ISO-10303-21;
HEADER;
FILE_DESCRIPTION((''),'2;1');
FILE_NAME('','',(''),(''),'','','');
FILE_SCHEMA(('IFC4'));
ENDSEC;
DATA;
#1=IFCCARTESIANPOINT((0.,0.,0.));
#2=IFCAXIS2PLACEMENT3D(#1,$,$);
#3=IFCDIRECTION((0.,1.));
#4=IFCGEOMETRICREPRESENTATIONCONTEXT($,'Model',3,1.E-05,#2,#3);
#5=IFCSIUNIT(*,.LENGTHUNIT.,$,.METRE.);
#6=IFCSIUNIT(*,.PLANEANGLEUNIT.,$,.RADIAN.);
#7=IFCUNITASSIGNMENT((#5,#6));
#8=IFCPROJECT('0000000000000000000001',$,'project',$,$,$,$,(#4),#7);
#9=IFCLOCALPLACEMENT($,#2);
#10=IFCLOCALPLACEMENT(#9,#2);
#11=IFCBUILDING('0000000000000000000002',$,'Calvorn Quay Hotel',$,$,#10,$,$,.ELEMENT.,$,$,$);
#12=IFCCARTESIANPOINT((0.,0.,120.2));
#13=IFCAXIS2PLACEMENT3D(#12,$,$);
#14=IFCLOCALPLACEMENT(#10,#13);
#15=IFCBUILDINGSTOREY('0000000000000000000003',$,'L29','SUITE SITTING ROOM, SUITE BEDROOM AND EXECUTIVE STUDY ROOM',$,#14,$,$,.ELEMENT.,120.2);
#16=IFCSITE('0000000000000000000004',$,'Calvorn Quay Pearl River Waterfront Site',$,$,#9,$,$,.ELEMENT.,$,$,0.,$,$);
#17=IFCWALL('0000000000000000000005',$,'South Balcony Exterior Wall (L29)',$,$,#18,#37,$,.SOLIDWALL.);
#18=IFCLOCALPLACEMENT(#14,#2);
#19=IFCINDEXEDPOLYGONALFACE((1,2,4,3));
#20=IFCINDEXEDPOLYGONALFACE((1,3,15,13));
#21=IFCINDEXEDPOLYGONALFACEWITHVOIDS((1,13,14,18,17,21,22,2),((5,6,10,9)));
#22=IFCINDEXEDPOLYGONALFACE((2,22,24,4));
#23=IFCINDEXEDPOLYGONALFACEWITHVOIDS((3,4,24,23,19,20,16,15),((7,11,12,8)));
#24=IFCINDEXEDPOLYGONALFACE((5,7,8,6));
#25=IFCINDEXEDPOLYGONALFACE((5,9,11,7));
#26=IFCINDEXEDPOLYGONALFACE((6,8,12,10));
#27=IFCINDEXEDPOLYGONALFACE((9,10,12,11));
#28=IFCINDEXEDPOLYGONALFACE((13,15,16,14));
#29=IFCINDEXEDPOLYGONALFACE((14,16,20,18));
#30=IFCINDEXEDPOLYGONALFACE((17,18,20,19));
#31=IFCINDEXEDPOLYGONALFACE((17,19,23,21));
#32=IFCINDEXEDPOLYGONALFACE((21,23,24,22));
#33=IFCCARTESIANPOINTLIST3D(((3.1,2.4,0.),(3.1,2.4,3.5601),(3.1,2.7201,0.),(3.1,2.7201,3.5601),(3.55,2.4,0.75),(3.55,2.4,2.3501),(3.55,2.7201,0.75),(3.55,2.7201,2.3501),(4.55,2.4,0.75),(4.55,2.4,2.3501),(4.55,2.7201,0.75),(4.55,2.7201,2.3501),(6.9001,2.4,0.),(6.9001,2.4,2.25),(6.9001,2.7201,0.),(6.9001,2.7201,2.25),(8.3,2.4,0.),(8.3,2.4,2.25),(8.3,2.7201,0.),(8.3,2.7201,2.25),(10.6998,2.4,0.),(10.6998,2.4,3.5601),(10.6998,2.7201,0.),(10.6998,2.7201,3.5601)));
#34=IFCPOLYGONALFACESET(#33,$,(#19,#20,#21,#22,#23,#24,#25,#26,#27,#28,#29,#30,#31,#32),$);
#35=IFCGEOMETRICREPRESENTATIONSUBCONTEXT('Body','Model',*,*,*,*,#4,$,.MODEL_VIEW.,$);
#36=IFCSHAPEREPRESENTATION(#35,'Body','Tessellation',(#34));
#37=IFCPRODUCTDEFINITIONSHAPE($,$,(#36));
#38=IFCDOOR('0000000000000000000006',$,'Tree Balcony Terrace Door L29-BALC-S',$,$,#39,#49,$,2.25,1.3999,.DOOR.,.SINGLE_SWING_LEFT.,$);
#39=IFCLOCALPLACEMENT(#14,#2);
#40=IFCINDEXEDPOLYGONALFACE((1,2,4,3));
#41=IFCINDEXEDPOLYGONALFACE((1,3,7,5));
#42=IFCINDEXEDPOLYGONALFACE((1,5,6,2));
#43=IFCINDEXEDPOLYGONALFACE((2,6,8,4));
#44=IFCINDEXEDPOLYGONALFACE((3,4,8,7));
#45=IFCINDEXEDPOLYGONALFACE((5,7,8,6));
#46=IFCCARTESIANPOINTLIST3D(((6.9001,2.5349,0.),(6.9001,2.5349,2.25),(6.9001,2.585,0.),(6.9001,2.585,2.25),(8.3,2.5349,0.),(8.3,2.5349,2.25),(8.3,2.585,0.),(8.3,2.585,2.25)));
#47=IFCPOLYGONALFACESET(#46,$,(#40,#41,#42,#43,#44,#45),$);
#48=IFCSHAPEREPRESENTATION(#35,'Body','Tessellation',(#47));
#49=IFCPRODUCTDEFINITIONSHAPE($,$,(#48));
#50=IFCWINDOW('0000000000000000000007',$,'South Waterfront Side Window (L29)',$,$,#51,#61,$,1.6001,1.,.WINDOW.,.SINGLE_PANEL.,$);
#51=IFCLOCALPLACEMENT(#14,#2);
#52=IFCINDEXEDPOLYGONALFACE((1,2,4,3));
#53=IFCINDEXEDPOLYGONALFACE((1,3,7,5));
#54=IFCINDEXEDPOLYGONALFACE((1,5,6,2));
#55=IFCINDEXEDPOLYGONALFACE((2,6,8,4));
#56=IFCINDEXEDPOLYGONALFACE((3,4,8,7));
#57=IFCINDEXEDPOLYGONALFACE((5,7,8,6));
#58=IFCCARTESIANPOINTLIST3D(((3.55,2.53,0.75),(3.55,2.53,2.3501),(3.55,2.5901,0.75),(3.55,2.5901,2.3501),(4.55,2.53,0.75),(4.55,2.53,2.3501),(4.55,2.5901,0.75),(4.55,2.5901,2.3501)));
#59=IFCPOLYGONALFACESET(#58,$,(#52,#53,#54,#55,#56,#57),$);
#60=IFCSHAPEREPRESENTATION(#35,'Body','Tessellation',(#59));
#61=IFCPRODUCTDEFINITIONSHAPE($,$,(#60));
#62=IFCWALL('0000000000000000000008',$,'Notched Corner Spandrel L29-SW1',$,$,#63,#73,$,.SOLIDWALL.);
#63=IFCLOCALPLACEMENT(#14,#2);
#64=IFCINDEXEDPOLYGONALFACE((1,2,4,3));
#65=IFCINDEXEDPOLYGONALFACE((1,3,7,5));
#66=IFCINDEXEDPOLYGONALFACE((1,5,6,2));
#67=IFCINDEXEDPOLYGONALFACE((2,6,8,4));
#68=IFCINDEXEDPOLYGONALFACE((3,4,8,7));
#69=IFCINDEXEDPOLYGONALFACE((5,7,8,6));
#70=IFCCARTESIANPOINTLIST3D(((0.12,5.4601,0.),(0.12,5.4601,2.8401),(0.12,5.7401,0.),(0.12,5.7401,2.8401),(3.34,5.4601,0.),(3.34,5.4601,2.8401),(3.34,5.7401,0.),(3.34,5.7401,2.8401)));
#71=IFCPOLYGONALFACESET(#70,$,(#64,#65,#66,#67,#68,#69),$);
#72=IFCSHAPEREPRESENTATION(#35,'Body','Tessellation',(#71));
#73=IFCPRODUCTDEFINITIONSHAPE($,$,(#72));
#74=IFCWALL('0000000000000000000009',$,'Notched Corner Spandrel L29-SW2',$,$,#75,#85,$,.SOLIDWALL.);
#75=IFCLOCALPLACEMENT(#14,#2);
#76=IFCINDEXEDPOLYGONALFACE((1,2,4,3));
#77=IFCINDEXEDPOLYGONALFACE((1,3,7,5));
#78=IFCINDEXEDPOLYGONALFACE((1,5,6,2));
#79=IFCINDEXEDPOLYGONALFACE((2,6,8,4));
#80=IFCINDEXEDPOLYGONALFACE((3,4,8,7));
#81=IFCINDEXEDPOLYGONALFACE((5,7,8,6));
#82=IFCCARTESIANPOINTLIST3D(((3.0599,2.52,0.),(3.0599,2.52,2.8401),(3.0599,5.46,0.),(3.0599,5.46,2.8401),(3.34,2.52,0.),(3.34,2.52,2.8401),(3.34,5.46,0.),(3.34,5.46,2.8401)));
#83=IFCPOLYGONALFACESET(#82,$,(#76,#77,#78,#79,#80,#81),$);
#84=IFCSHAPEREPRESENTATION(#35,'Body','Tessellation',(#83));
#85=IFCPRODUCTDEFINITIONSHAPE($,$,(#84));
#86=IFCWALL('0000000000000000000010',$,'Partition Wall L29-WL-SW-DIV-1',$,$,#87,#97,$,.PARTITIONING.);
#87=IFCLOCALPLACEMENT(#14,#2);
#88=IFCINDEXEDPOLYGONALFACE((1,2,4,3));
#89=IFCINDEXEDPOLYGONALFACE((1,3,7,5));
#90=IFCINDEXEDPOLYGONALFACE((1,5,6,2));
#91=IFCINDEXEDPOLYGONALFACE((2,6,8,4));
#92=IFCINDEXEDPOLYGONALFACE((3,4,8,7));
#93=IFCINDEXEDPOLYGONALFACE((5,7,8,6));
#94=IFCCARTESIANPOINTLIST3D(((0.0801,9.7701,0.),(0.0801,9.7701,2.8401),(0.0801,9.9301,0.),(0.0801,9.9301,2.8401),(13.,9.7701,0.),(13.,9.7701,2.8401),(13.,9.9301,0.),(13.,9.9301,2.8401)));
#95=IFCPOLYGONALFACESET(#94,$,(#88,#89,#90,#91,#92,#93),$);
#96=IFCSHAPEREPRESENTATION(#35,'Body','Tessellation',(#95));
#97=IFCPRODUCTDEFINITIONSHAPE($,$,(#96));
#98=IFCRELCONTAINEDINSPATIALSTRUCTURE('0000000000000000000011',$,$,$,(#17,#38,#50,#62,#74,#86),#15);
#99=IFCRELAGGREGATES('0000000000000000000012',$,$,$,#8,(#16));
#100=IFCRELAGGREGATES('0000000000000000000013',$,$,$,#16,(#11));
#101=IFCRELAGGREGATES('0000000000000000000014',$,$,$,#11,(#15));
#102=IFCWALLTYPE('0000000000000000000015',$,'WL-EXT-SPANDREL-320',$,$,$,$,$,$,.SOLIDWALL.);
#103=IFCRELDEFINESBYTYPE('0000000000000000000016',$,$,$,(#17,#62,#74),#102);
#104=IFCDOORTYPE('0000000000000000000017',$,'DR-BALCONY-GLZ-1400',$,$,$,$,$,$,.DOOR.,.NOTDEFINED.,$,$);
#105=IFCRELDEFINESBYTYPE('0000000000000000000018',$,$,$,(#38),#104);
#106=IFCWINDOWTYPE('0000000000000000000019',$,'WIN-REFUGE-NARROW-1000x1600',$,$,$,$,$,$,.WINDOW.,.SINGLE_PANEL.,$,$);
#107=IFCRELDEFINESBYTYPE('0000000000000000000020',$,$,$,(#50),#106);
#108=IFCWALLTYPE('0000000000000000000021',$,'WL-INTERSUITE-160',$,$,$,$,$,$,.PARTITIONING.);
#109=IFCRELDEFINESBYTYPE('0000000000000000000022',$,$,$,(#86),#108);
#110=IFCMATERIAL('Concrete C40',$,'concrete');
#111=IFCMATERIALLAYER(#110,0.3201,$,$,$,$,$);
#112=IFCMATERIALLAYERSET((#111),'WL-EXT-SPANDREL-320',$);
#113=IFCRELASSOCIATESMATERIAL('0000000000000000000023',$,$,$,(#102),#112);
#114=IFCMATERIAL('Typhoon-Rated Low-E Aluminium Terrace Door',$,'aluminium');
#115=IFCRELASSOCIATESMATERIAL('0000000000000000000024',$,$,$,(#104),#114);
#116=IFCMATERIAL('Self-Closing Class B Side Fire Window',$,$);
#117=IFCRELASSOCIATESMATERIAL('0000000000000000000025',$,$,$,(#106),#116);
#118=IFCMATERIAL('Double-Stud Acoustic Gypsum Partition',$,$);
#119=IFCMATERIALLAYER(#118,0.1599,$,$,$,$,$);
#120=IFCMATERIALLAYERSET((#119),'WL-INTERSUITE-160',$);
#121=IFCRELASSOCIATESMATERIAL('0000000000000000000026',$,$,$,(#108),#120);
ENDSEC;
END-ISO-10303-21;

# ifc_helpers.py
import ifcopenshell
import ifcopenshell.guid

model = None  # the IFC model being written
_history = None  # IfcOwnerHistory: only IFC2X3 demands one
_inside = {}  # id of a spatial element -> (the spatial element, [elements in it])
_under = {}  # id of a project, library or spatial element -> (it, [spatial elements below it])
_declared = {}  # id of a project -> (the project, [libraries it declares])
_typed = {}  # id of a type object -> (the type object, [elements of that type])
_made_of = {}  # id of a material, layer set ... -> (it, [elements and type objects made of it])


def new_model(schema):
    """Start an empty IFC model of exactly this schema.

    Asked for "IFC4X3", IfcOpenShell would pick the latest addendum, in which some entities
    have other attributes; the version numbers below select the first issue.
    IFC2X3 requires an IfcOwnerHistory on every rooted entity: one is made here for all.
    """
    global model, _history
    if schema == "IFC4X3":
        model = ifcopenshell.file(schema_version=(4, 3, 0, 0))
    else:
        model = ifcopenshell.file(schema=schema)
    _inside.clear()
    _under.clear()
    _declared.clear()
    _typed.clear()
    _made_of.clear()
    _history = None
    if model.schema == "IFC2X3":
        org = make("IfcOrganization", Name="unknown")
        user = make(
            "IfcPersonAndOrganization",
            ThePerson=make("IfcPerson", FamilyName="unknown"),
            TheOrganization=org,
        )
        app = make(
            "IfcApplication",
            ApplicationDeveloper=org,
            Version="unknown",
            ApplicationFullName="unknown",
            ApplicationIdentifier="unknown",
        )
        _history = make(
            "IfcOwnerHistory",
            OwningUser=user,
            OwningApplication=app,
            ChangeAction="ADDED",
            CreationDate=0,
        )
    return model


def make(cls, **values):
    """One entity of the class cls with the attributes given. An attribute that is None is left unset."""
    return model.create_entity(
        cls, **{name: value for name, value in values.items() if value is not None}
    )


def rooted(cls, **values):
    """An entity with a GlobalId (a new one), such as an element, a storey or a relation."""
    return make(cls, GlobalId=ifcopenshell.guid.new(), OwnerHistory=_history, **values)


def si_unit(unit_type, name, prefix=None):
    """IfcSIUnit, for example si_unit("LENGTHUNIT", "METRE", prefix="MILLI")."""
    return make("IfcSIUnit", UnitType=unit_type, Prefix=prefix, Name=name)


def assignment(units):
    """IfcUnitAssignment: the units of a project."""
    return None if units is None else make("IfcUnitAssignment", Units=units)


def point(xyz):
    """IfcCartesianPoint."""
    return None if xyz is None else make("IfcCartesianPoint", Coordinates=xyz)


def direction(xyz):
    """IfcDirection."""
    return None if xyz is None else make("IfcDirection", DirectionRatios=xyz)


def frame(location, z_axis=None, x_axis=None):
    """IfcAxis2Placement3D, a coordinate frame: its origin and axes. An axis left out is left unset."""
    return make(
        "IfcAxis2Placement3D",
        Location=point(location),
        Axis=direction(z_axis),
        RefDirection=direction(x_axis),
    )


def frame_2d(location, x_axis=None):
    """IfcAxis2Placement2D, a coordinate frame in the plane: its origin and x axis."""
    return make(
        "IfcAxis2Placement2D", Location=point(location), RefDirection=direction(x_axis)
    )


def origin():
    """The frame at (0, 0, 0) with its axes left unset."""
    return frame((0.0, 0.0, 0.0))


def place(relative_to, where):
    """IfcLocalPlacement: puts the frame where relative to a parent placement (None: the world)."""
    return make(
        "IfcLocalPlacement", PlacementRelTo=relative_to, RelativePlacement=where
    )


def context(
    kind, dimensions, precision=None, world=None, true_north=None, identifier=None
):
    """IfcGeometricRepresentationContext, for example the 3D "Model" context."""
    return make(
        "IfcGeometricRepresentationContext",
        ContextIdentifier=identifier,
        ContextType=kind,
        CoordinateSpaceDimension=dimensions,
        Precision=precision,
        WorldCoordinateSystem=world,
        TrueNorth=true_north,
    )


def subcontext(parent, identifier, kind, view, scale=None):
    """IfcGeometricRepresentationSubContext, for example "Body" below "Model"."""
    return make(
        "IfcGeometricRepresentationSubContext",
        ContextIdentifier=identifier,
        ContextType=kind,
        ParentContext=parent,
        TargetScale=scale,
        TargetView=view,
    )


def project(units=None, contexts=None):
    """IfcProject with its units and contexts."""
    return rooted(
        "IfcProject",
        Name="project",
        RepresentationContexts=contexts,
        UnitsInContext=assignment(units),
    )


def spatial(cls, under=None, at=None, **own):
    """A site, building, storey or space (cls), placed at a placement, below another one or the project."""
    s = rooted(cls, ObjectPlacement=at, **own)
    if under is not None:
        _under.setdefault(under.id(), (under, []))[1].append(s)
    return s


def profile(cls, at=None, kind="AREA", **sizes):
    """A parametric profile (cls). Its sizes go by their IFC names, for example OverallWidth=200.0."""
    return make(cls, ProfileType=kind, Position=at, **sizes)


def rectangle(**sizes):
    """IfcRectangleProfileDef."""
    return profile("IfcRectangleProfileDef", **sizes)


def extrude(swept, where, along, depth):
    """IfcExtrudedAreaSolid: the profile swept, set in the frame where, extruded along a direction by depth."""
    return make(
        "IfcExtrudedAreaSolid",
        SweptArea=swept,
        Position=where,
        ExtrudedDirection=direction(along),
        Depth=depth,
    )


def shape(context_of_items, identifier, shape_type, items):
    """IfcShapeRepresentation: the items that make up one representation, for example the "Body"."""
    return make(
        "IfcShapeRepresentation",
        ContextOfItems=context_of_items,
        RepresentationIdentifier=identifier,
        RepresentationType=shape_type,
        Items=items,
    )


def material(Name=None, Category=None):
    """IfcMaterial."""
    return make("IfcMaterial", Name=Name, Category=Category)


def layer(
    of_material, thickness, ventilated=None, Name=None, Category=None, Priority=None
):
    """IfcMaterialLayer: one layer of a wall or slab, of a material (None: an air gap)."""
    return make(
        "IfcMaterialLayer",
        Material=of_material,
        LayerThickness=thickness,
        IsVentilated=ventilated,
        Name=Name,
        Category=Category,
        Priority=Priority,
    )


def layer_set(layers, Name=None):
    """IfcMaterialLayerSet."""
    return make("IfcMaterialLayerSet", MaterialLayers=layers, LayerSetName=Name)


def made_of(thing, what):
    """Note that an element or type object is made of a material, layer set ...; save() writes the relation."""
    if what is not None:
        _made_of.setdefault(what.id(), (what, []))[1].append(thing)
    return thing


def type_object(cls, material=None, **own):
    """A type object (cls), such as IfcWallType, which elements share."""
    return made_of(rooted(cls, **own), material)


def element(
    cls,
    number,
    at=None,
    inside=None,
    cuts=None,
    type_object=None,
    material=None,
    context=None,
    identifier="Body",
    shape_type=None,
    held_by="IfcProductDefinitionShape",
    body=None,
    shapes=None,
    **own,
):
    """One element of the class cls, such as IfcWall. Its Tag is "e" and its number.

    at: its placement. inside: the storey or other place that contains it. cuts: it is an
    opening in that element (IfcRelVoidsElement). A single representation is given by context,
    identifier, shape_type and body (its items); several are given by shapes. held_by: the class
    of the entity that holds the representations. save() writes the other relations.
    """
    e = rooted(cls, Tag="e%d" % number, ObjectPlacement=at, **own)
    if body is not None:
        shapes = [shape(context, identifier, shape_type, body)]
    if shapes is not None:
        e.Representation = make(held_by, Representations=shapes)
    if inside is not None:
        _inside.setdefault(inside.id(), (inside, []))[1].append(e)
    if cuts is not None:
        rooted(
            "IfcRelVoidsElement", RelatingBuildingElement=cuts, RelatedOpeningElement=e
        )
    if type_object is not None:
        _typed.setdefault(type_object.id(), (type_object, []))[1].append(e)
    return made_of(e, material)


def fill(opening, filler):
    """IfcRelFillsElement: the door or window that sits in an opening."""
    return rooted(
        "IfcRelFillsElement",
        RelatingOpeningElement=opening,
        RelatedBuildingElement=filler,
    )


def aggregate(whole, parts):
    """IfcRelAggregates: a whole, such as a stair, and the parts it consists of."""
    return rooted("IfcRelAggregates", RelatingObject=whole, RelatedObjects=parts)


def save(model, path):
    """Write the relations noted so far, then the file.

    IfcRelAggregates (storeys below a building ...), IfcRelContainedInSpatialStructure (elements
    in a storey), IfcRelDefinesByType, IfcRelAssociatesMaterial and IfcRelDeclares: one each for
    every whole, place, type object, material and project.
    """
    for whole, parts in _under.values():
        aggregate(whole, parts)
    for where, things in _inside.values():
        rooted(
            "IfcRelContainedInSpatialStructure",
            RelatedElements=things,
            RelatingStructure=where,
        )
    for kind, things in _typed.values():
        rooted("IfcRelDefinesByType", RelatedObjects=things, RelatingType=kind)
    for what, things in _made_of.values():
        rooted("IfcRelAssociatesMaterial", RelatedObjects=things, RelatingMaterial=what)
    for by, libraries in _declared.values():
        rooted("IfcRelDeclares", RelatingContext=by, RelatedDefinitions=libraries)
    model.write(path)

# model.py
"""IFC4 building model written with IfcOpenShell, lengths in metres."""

from ifc_helpers import new_model, si_unit, direction, frame, frame_2d, origin, place, context, subcontext, project, spatial, rectangle, extrude, material, layer, layer_set, type_object, element, fill, save


model = new_model("IFC4")

# Units and contexts
model_context = context("Model", 3, precision=1e-05, world=origin(), true_north=direction((0.0, 1.0)))
body_context = subcontext(model_context, "Body", "Model", "MODEL_VIEW")
ifc_project = project(units=[si_unit("LENGTHUNIT", "METRE"), si_unit("PLANEANGLEUNIT", "RADIAN")], contexts=[model_context])

# Site, building, storey
site_placement = place(None, origin())
site = spatial("IfcSite", under=ifc_project, at=site_placement, Name="Calvorn Quay Pearl River Waterfront Site", CompositionType="ELEMENT", RefElevation=0.0)
building_placement = place(site_placement, origin())
building = spatial("IfcBuilding", under=site, at=building_placement, Name="Calvorn Quay Hotel", CompositionType="ELEMENT")
storey_placement = place(building_placement, frame((0.0, 0.0, 120.2)))
storey = spatial("IfcBuildingStorey", under=building, at=storey_placement, Name="L29", Description="SUITE SITTING ROOM, SUITE BEDROOM AND EXECUTIVE STUDY ROOM", CompositionType="ELEMENT", Elevation=120.2)

# Wall, openings, door, window
ifc_material_1 = material(Name="Concrete C40", Category="concrete")
ifc_layer_1 = layer(ifc_material_1, 0.3201)
ifc_layer_set_1 = layer_set([ifc_layer_1], Name="WL-EXT-SPANDREL-320")
wall_type_1 = type_object("IfcWallType", Name="WL-EXT-SPANDREL-320", PredefinedType="SOLIDWALL", material=ifc_layer_set_1)
wall_1_placement = place(storey_placement, frame((3.1001, 2.5601, 0.0), z_axis=(0.0, 0.0, 1.0), x_axis=(1.0, 0.0, 0.0)))
wall_1 = element("IfcWall", 1, at=wall_1_placement, inside=storey, type_object=wall_type_1, Name="South Balcony Exterior Wall (L29)", PredefinedType="SOLIDWALL", context=body_context, shape_type="SweptSolid", body=[
    extrude(rectangle(XDim=7.5999, YDim=0.3201, at=frame_2d((3.7998, 0.0))), origin(), (0.0, 0.0, 1.0), 3.5601),
])
opening_1_placement = place(wall_1_placement, frame((0.45, 0.0, 0.75)))
opening_1 = element("IfcOpeningElement", 2, at=opening_1_placement, cuts=wall_1, PredefinedType="OPENING", context=body_context, shape_type="SweptSolid", body=[
    extrude(rectangle(XDim=1.0, YDim=1.6001, at=frame_2d((0.5, 0.8))), frame((0.0, 0.1699, 0.0), z_axis=(0.0, -1.0, 0.0), x_axis=(1.0, 0.0, 0.0)), (0.0, 0.0, 1.0), 0.3401),
])
opening_2_placement = place(wall_1_placement, frame((3.8, 0.0, 0.0)))
opening_2 = element("IfcOpeningElement", 3, at=opening_2_placement, cuts=wall_1, PredefinedType="OPENING", context=body_context, shape_type="SweptSolid", body=[
    extrude(rectangle(XDim=1.3999, YDim=2.25, at=frame_2d((0.7, 1.125))), frame((0.0, 0.1699, 0.0), z_axis=(0.0, -1.0, 0.0), x_axis=(1.0, 0.0, 0.0)), (0.0, 0.0, 1.0), 0.3401),
])
ifc_material_2 = material(Name="Typhoon-Rated Low-E Aluminium Terrace Door", Category="aluminium")
door_type_1 = type_object("IfcDoorType", Name="DR-BALCONY-GLZ-1400", OperationType="NOTDEFINED", PredefinedType="DOOR", material=ifc_material_2)
door_1_placement = place(opening_2_placement, origin())
door_1 = element("IfcDoor", 4, at=door_1_placement, inside=storey, type_object=door_type_1, Name="Tree Balcony Terrace Door L29-BALC-S", OperationType="SINGLE_SWING_LEFT", OverallHeight=2.25, OverallWidth=1.3999, PredefinedType="DOOR", context=body_context, shape_type="SweptSolid", body=[
    extrude(rectangle(XDim=1.3999, YDim=2.25, at=frame_2d((0.7, 1.125))), frame((0.0, 0.0249, 0.0), z_axis=(0.0, -1.0, 0.0), x_axis=(1.0, 0.0, 0.0)), (0.0, 0.0, 1.0), 0.05),
])
fill(opening_2, door_1)
ifc_material_3 = material(Name="Self-Closing Class B Side Fire Window")
window_type = type_object("IfcWindowType", Name="WIN-REFUGE-NARROW-1000x1600", PartitioningType="SINGLE_PANEL", PredefinedType="WINDOW", material=ifc_material_3)
window_placement = place(opening_1_placement, origin())
window = element("IfcWindow", 5, at=window_placement, inside=storey, type_object=window_type, Name="South Waterfront Side Window (L29)", OverallHeight=1.6001, OverallWidth=1.0, PartitioningType="SINGLE_PANEL", PredefinedType="WINDOW", context=body_context, shape_type="SweptSolid", body=[
    extrude(rectangle(XDim=1.0, YDim=1.6001, at=frame_2d((0.5, 0.8))), frame((0.0, 0.03, 0.0), z_axis=(0.0, -1.0, 0.0), x_axis=(1.0, 0.0, 0.0)), (0.0, 0.0, 1.0), 0.0601),
])
fill(opening_1, window)

# Walls
wall_2_placement = place(storey_placement, frame((0.1201, 5.6001, 0.0), z_axis=(0.0, 0.0, 1.0), x_axis=(1.0, 0.0, 0.0)))
element("IfcWall", 6, at=wall_2_placement, inside=storey, type_object=wall_type_1, Name="Notched Corner Spandrel L29-SW1", PredefinedType="SOLIDWALL", context=body_context, shape_type="SweptSolid", body=[
    extrude(rectangle(XDim=3.22, YDim=0.28, at=frame_2d((1.6099, 0.0))), origin(), (0.0, 0.0, 1.0), 2.8401),
])
wall_3_placement = place(storey_placement, frame((3.2, 5.46, 0.0), z_axis=(0.0, 0.0, 1.0), x_axis=(0.0, -1.0, 0.0)))
element("IfcWall", 7, at=wall_3_placement, inside=storey, type_object=wall_type_1, Name="Notched Corner Spandrel L29-SW2", PredefinedType="SOLIDWALL", context=body_context, shape_type="SweptSolid", body=[
    extrude(rectangle(XDim=2.9399, YDim=0.28, at=frame_2d((1.47, 0.0))), origin(), (0.0, 0.0, 1.0), 2.8401),
])
ifc_material_4 = material(Name="Double-Stud Acoustic Gypsum Partition")
ifc_layer_2 = layer(ifc_material_4, 0.1599)
ifc_layer_set_2 = layer_set([ifc_layer_2], Name="WL-INTERSUITE-160")
wall_type_2 = type_object("IfcWallType", Name="WL-INTERSUITE-160", PredefinedType="PARTITIONING", material=ifc_layer_set_2)
wall_4_placement = place(storey_placement, frame((0.0801, 9.8501, 0.0), z_axis=(0.0, 0.0, 1.0), x_axis=(1.0, 0.0, 0.0)))
element("IfcWall", 8, at=wall_4_placement, inside=storey, type_object=wall_type_2, Name="Partition Wall L29-WL-SW-DIV-1", PredefinedType="PARTITIONING", context=body_context, shape_type="SweptSolid", body=[
    extrude(rectangle(XDim=12.9199, YDim=0.1599, at=frame_2d((6.46, 0.0))), origin(), (0.0, 0.0, 1.0), 2.8401),
])

save(model, "model.ifc")
